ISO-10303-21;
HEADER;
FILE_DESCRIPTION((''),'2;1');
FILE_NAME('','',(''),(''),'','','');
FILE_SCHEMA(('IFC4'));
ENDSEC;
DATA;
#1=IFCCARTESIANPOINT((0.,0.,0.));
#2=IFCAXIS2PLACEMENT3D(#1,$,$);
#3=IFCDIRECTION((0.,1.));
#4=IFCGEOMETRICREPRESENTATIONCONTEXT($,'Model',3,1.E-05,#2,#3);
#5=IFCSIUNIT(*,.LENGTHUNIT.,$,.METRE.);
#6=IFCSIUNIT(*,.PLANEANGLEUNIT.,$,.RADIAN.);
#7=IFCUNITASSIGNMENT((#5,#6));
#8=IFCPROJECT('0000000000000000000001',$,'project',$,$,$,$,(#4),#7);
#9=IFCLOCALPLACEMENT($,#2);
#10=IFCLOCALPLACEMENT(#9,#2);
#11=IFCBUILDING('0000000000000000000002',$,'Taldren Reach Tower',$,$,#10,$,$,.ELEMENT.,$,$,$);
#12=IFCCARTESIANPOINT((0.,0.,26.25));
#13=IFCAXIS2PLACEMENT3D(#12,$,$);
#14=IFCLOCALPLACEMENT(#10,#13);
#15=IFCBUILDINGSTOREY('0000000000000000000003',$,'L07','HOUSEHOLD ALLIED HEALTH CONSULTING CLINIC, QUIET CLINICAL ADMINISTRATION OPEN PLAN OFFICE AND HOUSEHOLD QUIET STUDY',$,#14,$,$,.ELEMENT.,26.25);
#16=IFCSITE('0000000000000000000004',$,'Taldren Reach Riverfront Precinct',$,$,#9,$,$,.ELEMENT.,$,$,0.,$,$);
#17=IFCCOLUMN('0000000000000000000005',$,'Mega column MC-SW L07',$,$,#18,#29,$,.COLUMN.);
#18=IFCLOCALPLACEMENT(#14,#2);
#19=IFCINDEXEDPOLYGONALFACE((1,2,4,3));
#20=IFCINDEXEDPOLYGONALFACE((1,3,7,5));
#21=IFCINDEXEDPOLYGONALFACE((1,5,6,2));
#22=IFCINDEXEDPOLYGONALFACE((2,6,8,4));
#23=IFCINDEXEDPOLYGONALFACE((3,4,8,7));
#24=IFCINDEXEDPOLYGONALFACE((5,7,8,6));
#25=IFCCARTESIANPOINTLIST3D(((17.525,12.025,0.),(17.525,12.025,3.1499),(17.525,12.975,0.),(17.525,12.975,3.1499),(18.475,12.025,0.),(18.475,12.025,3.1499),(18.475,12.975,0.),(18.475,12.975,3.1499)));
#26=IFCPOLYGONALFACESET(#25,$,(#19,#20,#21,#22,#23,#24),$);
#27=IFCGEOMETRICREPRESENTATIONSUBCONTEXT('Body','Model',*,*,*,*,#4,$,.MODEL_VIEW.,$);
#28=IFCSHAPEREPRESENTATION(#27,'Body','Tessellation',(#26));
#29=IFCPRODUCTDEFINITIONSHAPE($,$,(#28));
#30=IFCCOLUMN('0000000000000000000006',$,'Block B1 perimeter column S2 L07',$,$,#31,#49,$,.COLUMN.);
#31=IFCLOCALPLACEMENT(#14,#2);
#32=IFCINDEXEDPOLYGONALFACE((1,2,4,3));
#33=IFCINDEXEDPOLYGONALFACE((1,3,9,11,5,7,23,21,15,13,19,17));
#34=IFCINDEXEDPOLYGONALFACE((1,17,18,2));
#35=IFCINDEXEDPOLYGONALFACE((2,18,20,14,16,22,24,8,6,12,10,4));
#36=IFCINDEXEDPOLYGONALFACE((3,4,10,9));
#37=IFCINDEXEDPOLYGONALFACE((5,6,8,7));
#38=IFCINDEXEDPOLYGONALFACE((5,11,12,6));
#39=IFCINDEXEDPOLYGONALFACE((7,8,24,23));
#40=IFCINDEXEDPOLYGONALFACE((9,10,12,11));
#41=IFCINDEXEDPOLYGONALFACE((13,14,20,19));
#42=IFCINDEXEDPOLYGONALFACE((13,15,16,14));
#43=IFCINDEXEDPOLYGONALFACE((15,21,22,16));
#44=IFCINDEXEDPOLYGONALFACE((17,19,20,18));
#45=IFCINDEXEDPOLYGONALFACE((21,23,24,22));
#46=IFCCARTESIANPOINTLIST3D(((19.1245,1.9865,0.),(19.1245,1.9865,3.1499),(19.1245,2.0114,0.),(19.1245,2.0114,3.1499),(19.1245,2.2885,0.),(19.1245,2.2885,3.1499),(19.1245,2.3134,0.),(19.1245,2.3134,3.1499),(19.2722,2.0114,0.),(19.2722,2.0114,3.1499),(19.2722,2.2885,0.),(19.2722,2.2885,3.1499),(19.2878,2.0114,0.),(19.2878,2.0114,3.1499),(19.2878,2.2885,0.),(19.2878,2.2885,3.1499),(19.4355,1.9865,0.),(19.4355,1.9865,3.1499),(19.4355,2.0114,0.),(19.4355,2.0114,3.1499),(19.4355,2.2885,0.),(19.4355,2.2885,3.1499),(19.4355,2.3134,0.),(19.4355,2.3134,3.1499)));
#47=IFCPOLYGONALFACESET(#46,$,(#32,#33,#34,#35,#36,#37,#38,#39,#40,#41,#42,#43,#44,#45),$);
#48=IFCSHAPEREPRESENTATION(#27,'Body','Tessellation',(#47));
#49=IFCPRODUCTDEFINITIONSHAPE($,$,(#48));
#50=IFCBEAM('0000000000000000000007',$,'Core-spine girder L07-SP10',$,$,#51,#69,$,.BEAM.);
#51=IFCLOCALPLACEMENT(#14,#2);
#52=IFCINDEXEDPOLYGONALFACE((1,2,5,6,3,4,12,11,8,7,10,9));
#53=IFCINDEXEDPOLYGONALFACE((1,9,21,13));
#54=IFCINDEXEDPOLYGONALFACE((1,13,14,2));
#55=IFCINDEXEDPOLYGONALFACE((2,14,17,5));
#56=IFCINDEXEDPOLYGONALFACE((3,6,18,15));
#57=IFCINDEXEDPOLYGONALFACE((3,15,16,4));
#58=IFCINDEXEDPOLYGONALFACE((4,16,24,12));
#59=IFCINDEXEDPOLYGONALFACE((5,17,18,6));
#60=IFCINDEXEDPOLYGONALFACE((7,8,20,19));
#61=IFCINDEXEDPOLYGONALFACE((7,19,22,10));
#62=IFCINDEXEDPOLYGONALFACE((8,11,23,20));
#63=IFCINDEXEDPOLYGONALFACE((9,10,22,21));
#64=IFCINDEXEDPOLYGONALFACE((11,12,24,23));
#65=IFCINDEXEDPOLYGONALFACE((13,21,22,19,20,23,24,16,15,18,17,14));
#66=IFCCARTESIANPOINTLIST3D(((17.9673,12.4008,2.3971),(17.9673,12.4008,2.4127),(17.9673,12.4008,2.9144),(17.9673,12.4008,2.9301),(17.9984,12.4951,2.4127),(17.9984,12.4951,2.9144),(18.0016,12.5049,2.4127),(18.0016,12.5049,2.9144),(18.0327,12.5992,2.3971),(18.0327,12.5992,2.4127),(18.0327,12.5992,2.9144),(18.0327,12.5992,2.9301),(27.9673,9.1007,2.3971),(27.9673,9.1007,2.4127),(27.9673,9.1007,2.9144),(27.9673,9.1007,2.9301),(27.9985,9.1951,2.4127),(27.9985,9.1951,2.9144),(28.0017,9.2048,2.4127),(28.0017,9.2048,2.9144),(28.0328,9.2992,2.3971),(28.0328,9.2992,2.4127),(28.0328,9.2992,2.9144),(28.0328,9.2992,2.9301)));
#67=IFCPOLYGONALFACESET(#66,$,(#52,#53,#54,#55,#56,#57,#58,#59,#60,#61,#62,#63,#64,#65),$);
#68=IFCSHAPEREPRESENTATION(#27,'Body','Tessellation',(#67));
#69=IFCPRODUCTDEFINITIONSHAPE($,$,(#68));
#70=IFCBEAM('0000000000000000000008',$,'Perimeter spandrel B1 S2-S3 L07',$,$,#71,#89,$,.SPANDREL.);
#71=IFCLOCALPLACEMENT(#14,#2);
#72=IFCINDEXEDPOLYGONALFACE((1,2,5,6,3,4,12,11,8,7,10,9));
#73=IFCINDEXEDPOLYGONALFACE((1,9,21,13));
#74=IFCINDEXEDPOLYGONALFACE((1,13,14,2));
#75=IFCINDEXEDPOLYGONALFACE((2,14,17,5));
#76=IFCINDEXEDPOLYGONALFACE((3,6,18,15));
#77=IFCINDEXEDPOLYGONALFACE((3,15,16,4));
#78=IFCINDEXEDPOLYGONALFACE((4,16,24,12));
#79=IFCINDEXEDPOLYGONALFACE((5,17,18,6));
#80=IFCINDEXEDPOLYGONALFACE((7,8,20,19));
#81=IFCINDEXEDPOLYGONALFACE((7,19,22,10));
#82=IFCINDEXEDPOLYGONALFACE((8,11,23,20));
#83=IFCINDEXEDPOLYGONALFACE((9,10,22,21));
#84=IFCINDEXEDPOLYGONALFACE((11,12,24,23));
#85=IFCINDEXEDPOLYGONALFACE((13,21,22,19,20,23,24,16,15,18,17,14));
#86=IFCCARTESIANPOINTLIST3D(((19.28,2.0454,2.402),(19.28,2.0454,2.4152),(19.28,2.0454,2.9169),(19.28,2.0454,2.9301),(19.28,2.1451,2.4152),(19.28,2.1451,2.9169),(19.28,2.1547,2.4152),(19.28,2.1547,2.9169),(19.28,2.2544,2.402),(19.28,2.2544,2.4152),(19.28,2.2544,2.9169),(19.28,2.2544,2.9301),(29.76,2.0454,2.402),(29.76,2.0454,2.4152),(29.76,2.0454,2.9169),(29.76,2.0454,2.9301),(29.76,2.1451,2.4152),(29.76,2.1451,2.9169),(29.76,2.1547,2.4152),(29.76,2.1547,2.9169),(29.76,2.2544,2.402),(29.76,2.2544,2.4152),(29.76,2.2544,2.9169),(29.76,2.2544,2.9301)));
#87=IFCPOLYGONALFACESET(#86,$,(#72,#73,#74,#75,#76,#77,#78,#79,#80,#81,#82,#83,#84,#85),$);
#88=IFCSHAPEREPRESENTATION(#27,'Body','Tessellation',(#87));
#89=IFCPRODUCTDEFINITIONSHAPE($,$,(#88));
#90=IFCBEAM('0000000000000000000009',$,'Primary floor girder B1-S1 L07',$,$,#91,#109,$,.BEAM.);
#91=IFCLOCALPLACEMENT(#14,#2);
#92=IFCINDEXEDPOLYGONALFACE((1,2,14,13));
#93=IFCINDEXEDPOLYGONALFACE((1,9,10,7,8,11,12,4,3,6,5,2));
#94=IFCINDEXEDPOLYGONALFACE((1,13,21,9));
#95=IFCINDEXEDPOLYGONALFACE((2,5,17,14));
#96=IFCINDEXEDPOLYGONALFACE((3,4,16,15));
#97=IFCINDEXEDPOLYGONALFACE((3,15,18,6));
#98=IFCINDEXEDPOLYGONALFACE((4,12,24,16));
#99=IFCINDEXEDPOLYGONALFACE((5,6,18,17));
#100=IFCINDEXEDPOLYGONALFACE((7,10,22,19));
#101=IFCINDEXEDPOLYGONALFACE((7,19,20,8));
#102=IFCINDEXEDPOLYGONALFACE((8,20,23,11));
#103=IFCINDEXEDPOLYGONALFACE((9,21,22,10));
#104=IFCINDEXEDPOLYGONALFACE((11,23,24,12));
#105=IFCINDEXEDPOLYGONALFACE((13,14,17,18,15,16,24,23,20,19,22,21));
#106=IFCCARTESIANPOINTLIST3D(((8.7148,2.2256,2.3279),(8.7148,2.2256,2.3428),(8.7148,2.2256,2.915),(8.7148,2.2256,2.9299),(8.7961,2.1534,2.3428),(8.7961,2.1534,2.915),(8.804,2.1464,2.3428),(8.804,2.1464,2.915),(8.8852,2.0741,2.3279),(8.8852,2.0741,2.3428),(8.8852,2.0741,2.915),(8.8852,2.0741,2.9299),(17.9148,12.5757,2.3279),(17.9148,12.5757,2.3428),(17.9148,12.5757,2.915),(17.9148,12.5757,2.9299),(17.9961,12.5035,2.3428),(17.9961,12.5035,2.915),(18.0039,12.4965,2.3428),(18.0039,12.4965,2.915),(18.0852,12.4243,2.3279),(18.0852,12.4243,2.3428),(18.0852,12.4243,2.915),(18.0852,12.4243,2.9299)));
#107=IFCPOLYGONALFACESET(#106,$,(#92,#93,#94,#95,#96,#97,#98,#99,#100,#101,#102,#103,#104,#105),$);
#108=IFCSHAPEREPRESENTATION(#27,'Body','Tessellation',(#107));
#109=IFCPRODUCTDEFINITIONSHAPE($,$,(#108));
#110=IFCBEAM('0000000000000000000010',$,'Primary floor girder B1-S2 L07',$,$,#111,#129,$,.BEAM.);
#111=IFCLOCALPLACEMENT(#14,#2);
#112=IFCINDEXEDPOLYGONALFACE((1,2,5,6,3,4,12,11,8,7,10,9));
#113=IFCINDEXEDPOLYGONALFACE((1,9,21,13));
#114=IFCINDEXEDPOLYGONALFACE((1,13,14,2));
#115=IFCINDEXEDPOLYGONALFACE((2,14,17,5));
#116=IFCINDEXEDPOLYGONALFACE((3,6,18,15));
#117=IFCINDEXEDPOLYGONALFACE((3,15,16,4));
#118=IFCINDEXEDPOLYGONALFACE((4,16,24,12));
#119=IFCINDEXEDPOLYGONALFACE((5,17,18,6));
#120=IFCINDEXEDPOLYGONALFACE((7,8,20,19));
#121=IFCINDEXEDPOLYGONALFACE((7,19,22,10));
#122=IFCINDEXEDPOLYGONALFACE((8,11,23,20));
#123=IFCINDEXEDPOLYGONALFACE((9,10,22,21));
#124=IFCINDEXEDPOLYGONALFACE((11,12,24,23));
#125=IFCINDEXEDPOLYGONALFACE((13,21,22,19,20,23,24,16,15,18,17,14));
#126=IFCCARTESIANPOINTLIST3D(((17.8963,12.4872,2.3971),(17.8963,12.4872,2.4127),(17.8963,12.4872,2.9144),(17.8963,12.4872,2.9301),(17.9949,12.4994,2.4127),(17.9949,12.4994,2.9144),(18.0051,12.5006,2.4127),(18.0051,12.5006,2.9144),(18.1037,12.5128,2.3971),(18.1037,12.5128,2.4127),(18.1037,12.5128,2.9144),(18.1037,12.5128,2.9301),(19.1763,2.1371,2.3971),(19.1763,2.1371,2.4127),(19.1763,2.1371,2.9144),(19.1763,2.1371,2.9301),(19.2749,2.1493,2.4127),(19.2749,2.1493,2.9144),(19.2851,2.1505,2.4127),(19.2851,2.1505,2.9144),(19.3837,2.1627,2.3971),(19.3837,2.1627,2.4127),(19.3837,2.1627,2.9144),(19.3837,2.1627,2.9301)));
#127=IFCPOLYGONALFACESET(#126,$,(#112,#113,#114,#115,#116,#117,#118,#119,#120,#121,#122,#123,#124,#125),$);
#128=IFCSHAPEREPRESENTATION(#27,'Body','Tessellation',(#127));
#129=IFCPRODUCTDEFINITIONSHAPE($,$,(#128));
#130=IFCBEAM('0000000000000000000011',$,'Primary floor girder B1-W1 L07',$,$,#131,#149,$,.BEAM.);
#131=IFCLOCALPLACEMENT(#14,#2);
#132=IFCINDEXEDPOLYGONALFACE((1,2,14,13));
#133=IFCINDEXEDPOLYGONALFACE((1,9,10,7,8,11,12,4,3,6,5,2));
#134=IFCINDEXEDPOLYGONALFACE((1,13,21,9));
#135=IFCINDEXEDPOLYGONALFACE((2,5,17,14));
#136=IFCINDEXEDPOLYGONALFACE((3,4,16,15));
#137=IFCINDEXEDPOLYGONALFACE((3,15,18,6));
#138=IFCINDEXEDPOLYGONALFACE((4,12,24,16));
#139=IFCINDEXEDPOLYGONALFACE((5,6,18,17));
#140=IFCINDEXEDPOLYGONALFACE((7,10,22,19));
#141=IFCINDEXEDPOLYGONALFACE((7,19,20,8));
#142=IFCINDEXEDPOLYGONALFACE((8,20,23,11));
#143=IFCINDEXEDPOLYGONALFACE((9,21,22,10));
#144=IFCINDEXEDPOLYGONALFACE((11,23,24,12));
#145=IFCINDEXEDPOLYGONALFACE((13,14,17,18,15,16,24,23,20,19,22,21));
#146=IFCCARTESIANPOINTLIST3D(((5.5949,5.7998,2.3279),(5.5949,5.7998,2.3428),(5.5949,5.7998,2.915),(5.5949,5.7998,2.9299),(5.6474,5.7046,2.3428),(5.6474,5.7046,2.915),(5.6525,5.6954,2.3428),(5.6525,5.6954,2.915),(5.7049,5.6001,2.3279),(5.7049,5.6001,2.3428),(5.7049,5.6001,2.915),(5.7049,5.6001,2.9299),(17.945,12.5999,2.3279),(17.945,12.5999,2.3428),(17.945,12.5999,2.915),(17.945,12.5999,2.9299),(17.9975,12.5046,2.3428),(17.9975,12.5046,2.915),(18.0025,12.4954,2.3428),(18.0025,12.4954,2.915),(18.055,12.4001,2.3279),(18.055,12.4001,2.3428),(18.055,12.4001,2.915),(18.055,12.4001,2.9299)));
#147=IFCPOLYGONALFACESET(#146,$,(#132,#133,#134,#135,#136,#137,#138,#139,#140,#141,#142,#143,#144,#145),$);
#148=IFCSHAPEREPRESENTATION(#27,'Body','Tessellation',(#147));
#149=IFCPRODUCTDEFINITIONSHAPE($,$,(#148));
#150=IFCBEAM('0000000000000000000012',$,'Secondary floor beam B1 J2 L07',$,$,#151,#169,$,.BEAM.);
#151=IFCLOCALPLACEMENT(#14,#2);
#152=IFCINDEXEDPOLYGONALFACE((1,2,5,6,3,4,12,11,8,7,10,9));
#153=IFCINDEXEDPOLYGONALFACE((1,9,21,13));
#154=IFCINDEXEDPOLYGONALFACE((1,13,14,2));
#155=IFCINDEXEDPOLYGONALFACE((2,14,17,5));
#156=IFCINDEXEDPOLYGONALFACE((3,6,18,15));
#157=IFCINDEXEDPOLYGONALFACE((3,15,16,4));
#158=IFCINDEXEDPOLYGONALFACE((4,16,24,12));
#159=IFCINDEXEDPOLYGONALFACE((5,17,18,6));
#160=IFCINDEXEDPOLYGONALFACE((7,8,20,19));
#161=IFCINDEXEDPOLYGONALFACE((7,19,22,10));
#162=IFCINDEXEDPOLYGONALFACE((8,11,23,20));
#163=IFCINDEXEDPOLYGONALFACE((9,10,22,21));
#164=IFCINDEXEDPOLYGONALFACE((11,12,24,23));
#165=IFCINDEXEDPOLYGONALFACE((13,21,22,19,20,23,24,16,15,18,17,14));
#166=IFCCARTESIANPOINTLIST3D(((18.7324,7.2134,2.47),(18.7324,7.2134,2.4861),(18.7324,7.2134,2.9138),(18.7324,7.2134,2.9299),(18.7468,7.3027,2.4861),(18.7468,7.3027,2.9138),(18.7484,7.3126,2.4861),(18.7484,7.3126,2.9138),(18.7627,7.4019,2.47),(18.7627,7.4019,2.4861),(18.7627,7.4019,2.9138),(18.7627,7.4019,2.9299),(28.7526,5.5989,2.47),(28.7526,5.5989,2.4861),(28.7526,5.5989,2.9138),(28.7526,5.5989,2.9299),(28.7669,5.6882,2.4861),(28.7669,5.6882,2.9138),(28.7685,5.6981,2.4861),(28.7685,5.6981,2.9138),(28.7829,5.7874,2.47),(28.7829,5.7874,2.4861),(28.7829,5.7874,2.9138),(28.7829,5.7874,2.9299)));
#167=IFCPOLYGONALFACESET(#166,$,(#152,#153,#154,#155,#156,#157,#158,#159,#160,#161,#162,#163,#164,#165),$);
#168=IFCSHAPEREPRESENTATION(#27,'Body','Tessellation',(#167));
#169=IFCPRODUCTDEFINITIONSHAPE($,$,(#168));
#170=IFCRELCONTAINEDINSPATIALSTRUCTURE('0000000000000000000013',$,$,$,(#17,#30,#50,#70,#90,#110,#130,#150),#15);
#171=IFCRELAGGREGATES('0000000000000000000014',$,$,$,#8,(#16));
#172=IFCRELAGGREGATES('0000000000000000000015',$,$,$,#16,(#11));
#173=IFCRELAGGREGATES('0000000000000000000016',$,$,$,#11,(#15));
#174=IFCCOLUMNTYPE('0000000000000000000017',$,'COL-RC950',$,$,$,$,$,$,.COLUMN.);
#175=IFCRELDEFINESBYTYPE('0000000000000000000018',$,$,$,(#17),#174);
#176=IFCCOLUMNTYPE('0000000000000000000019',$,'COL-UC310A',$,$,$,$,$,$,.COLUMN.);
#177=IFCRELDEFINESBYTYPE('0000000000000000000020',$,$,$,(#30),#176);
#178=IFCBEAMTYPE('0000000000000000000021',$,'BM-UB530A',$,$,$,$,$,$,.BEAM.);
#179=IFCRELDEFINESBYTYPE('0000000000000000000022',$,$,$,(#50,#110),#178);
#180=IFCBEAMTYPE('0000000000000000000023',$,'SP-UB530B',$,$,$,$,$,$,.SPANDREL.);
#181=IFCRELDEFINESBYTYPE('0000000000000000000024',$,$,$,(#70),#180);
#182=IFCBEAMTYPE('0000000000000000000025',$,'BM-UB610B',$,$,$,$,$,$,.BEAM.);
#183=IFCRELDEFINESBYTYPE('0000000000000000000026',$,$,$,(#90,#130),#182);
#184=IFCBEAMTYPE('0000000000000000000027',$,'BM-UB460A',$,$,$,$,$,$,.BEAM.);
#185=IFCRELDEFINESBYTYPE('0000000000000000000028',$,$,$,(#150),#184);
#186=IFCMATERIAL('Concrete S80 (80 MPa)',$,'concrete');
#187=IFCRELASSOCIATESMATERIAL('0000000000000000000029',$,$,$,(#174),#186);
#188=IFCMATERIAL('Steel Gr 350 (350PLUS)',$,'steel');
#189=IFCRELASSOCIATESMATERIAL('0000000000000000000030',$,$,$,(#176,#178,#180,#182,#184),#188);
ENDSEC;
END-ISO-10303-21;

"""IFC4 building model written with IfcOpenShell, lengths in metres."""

from ifc_helpers import new_model, si_unit, direction, frame, origin, origin_2d, place, context, subcontext, project, spatial, rectangle, i_section, extrude, source, transform, mapped, material, material_profile, profile_set, type_object, element, save


model = new_model("IFC4")

# Units and contexts
model_context = context("Model", 3, precision=1e-05, world=origin(), true_north=direction((0.0, 1.0)))
body_context = subcontext(model_context, "Body", "Model", "MODEL_VIEW")
ifc_project = project(units=[si_unit("LENGTHUNIT", "METRE"), si_unit("PLANEANGLEUNIT", "RADIAN")], contexts=[model_context])

# Site, building, storey
site_placement = place(None, origin())
site = spatial("IfcSite", under=ifc_project, at=site_placement, Name="Taldren Reach Riverfront Precinct", CompositionType="ELEMENT", RefElevation=0.0)
building_placement = place(site_placement, origin())
building = spatial("IfcBuilding", under=site, at=building_placement, Name="Taldren Reach Tower", CompositionType="ELEMENT")
storey_placement = place(building_placement, frame((0.0, 0.0, 26.25)))
storey = spatial("IfcBuildingStorey", under=building, at=storey_placement, Name="L07", Description="HOUSEHOLD ALLIED HEALTH CONSULTING CLINIC, QUIET CLINICAL ADMINISTRATION OPEN PLAN OFFICE AND HOUSEHOLD QUIET STUDY", CompositionType="ELEMENT", Elevation=26.25)

# Columns
ifc_material_1 = material(Name="Concrete S80 (80 MPa)", Category="concrete")
ifc_material_profile_1 = material_profile(ifc_material_1, rectangle(XDim=0.95, YDim=0.95, at=origin_2d()), Name="RC-950x950")
ifc_profile_set_1 = profile_set([ifc_material_profile_1], Name="Concrete S80 (80 MPa)")
column_type_1 = type_object("IfcColumnType", Name="COL-RC950", PredefinedType="COLUMN", material=ifc_profile_set_1)
shared_shape_1 = source(origin(), body_context, "Body", "SweptSolid", [
    extrude(rectangle(XDim=0.95, YDim=0.95, at=origin_2d()), origin(), (0.0, 0.0, 1.0), 3.1499),
])
column_1_placement = place(storey_placement, frame((18.0, 12.5, 0.0), z_axis=(0.0, 0.0, 1.0), x_axis=(1.0, 0.0, 0.0)))
element("IfcColumn", 1, at=column_1_placement, inside=storey, type_object=column_type_1, Name="Mega column MC-SW L07", PredefinedType="COLUMN", context=body_context, shape_type="MappedRepresentation", body=[
    mapped(shared_shape_1, transform((0.0, 0.0, 0.0), scale=1.0)),
])
ifc_material_2 = material(Name="Steel Gr 350 (350PLUS)", Category="steel")
ifc_material_profile_2 = material_profile(ifc_material_2, i_section(OverallWidth=0.311, OverallDepth=0.3269, WebThickness=0.0156, FlangeThickness=0.0249, at=origin_2d()), Name="310UC158")
ifc_profile_set_2 = profile_set([ifc_material_profile_2], Name="Steel Gr 350 (350PLUS)")
column_type_2 = type_object("IfcColumnType", Name="COL-UC310A", PredefinedType="COLUMN", material=ifc_profile_set_2)
shared_shape_2 = source(origin(), body_context, "Body", "SweptSolid", [
    extrude(i_section(OverallWidth=0.311, OverallDepth=0.3269, WebThickness=0.0156, FlangeThickness=0.0249, at=origin_2d()), origin(), (0.0, 0.0, 1.0), 3.1499),
])
column_2_placement = place(storey_placement, frame((19.28, 2.1499, 0.0), z_axis=(0.0, 0.0, 1.0), x_axis=(1.0, 0.0, 0.0)))
element("IfcColumn", 2, at=column_2_placement, inside=storey, type_object=column_type_2, Name="Block B1 perimeter column S2 L07", PredefinedType="COLUMN", context=body_context, shape_type="MappedRepresentation", body=[
    mapped(shared_shape_2, transform((0.0, 0.0, 0.0), scale=1.0)),
])

# Beams
ifc_material_profile_3 = material_profile(ifc_material_2, i_section(OverallWidth=0.209, OverallDepth=0.533, WebThickness=0.0103, FlangeThickness=0.0156, at=origin_2d()), Name="530UB92.4")
ifc_profile_set_3 = profile_set([ifc_material_profile_3], Name="Steel Gr 350 (350PLUS)")
beam_type_1 = type_object("IfcBeamType", Name="BM-UB530A", PredefinedType="BEAM", material=ifc_profile_set_3)
shared_shape_3 = source(origin(), body_context, "Body", "SweptSolid", [
    extrude(i_section(OverallWidth=0.209, OverallDepth=0.533, WebThickness=0.0103, FlangeThickness=0.0156, at=origin_2d()), origin(), (0.0, 0.0, 1.0), 10.5305),
])
beam_1_placement = place(storey_placement, frame((18.0, 12.5, 2.6636), z_axis=(0.949627, -0.313382, 0.0), x_axis=(0.313382, 0.949627, 0.0)))
element("IfcBeam", 3, at=beam_1_placement, inside=storey, type_object=beam_type_1, Name="Core-spine girder L07-SP10", PredefinedType="BEAM", context=body_context, shape_type="MappedRepresentation", body=[
    mapped(shared_shape_3, transform((0.0, 0.0, 0.0), scale=1.0)),
])
ifc_material_profile_4 = material_profile(ifc_material_2, i_section(OverallWidth=0.209, OverallDepth=0.5281, WebThickness=0.0095, FlangeThickness=0.0132, at=origin_2d()), Name="530UB82.0")
ifc_profile_set_4 = profile_set([ifc_material_profile_4], Name="Steel Gr 350 (350PLUS)")
beam_type_2 = type_object("IfcBeamType", Name="SP-UB530B", PredefinedType="SPANDREL", material=ifc_profile_set_4)
shared_shape_4 = source(origin(), body_context, "Body", "SweptSolid", [
    extrude(i_section(OverallWidth=0.209, OverallDepth=0.5281, WebThickness=0.0095, FlangeThickness=0.0132, at=origin_2d()), origin(), (0.0, 0.0, 1.0), 10.48),
])
beam_2_placement = place(storey_placement, frame((19.28, 2.1499, 2.666), z_axis=(1.0, 0.0, 0.0), x_axis=(0.0, 1.0, 0.0)))
element("IfcBeam", 4, at=beam_2_placement, inside=storey, type_object=beam_type_2, Name="Perimeter spandrel B1 S2-S3 L07", PredefinedType="SPANDREL", context=body_context, shape_type="MappedRepresentation", body=[
    mapped(shared_shape_4, transform((0.0, 0.0, 0.0), scale=1.0)),
])
ifc_material_profile_5 = material_profile(ifc_material_2, i_section(OverallWidth=0.228, OverallDepth=0.6021, WebThickness=0.0105, FlangeThickness=0.0149, at=origin_2d()), Name="610UB101")
ifc_profile_set_5 = profile_set([ifc_material_profile_5], Name="Steel Gr 350 (350PLUS)")
beam_type_3 = type_object("IfcBeamType", Name="BM-UB610B", PredefinedType="BEAM", material=ifc_profile_set_5)
shared_shape_5 = source(origin(), body_context, "Body", "SweptSolid", [
    extrude(i_section(OverallWidth=0.228, OverallDepth=0.6021, WebThickness=0.0105, FlangeThickness=0.0149, at=origin_2d()), origin(), (0.0, 0.0, 1.0), 13.8479),
])
beam_3_placement = place(storey_placement, frame((18.0, 12.5, 2.6289), z_axis=(-0.664358, -0.747414, 0.0), x_axis=(0.747414, -0.664358, 0.0)))
element("IfcBeam", 5, at=beam_3_placement, inside=storey, type_object=beam_type_3, Name="Primary floor girder B1-S1 L07", PredefinedType="BEAM", context=body_context, shape_type="MappedRepresentation", body=[
    mapped(shared_shape_5, transform((0.0, 0.0, 0.0), scale=1.0)),
])
shared_shape_6 = source(origin(), body_context, "Body", "SweptSolid", [
    extrude(i_section(OverallWidth=0.209, OverallDepth=0.533, WebThickness=0.0103, FlangeThickness=0.0156, at=origin_2d()), origin(), (0.0, 0.0, 1.0), 10.429),
])
beam_4_placement = place(storey_placement, frame((18.0, 12.5, 2.6636), z_axis=(0.122738, -0.992439, 0.0), x_axis=(0.992439, 0.122738, 0.0)))
element("IfcBeam", 6, at=beam_4_placement, inside=storey, type_object=beam_type_1, Name="Primary floor girder B1-S2 L07", PredefinedType="BEAM", context=body_context, shape_type="MappedRepresentation", body=[
    mapped(shared_shape_6, transform((0.0, 0.0, 0.0), scale=1.0)),
])
shared_shape_7 = source(origin(), body_context, "Body", "SweptSolid", [
    extrude(i_section(OverallWidth=0.228, OverallDepth=0.6021, WebThickness=0.0105, FlangeThickness=0.0149, at=origin_2d()), origin(), (0.0, 0.0, 1.0), 14.0984),
])
beam_5_placement = place(storey_placement, frame((18.0, 12.5, 2.6289), z_axis=(-0.875991, -0.482327, 0.0), x_axis=(0.482327, -0.875991, 0.0)))
element("IfcBeam", 7, at=beam_5_placement, inside=storey, type_object=beam_type_3, Name="Primary floor girder B1-W1 L07", PredefinedType="BEAM", context=body_context, shape_type="MappedRepresentation", body=[
    mapped(shared_shape_7, transform((0.0, 0.0, 0.0), scale=1.0)),
])
ifc_material_profile_6 = material_profile(ifc_material_2, i_section(OverallWidth=0.1909, OverallDepth=0.46, WebThickness=0.01, FlangeThickness=0.0161, at=origin_2d()), Name="460UB82.1")
ifc_profile_set_6 = profile_set([ifc_material_profile_6], Name="Steel Gr 350 (350PLUS)")
beam_type_4 = type_object("IfcBeamType", Name="BM-UB460A", PredefinedType="BEAM", material=ifc_profile_set_6)
shared_shape_8 = source(origin(), body_context, "Body", "SweptSolid", [
    extrude(i_section(OverallWidth=0.1909, OverallDepth=0.46, WebThickness=0.01, FlangeThickness=0.0161, at=origin_2d()), origin(), (0.0, 0.0, 1.0), 10.1494),
])
beam_6_placement = place(storey_placement, frame((18.7476, 7.3076, 2.7), z_axis=(0.987267, -0.159072, 0.0), x_axis=(0.159072, 0.987267, 0.0)))
element("IfcBeam", 8, at=beam_6_placement, inside=storey, type_object=beam_type_4, Name="Secondary floor beam B1 J2 L07", PredefinedType="BEAM", context=body_context, shape_type="MappedRepresentation", body=[
    mapped(shared_shape_8, transform((0.0, 0.0, 0.0), scale=1.0)),
])

save(model, "model.ifc")
